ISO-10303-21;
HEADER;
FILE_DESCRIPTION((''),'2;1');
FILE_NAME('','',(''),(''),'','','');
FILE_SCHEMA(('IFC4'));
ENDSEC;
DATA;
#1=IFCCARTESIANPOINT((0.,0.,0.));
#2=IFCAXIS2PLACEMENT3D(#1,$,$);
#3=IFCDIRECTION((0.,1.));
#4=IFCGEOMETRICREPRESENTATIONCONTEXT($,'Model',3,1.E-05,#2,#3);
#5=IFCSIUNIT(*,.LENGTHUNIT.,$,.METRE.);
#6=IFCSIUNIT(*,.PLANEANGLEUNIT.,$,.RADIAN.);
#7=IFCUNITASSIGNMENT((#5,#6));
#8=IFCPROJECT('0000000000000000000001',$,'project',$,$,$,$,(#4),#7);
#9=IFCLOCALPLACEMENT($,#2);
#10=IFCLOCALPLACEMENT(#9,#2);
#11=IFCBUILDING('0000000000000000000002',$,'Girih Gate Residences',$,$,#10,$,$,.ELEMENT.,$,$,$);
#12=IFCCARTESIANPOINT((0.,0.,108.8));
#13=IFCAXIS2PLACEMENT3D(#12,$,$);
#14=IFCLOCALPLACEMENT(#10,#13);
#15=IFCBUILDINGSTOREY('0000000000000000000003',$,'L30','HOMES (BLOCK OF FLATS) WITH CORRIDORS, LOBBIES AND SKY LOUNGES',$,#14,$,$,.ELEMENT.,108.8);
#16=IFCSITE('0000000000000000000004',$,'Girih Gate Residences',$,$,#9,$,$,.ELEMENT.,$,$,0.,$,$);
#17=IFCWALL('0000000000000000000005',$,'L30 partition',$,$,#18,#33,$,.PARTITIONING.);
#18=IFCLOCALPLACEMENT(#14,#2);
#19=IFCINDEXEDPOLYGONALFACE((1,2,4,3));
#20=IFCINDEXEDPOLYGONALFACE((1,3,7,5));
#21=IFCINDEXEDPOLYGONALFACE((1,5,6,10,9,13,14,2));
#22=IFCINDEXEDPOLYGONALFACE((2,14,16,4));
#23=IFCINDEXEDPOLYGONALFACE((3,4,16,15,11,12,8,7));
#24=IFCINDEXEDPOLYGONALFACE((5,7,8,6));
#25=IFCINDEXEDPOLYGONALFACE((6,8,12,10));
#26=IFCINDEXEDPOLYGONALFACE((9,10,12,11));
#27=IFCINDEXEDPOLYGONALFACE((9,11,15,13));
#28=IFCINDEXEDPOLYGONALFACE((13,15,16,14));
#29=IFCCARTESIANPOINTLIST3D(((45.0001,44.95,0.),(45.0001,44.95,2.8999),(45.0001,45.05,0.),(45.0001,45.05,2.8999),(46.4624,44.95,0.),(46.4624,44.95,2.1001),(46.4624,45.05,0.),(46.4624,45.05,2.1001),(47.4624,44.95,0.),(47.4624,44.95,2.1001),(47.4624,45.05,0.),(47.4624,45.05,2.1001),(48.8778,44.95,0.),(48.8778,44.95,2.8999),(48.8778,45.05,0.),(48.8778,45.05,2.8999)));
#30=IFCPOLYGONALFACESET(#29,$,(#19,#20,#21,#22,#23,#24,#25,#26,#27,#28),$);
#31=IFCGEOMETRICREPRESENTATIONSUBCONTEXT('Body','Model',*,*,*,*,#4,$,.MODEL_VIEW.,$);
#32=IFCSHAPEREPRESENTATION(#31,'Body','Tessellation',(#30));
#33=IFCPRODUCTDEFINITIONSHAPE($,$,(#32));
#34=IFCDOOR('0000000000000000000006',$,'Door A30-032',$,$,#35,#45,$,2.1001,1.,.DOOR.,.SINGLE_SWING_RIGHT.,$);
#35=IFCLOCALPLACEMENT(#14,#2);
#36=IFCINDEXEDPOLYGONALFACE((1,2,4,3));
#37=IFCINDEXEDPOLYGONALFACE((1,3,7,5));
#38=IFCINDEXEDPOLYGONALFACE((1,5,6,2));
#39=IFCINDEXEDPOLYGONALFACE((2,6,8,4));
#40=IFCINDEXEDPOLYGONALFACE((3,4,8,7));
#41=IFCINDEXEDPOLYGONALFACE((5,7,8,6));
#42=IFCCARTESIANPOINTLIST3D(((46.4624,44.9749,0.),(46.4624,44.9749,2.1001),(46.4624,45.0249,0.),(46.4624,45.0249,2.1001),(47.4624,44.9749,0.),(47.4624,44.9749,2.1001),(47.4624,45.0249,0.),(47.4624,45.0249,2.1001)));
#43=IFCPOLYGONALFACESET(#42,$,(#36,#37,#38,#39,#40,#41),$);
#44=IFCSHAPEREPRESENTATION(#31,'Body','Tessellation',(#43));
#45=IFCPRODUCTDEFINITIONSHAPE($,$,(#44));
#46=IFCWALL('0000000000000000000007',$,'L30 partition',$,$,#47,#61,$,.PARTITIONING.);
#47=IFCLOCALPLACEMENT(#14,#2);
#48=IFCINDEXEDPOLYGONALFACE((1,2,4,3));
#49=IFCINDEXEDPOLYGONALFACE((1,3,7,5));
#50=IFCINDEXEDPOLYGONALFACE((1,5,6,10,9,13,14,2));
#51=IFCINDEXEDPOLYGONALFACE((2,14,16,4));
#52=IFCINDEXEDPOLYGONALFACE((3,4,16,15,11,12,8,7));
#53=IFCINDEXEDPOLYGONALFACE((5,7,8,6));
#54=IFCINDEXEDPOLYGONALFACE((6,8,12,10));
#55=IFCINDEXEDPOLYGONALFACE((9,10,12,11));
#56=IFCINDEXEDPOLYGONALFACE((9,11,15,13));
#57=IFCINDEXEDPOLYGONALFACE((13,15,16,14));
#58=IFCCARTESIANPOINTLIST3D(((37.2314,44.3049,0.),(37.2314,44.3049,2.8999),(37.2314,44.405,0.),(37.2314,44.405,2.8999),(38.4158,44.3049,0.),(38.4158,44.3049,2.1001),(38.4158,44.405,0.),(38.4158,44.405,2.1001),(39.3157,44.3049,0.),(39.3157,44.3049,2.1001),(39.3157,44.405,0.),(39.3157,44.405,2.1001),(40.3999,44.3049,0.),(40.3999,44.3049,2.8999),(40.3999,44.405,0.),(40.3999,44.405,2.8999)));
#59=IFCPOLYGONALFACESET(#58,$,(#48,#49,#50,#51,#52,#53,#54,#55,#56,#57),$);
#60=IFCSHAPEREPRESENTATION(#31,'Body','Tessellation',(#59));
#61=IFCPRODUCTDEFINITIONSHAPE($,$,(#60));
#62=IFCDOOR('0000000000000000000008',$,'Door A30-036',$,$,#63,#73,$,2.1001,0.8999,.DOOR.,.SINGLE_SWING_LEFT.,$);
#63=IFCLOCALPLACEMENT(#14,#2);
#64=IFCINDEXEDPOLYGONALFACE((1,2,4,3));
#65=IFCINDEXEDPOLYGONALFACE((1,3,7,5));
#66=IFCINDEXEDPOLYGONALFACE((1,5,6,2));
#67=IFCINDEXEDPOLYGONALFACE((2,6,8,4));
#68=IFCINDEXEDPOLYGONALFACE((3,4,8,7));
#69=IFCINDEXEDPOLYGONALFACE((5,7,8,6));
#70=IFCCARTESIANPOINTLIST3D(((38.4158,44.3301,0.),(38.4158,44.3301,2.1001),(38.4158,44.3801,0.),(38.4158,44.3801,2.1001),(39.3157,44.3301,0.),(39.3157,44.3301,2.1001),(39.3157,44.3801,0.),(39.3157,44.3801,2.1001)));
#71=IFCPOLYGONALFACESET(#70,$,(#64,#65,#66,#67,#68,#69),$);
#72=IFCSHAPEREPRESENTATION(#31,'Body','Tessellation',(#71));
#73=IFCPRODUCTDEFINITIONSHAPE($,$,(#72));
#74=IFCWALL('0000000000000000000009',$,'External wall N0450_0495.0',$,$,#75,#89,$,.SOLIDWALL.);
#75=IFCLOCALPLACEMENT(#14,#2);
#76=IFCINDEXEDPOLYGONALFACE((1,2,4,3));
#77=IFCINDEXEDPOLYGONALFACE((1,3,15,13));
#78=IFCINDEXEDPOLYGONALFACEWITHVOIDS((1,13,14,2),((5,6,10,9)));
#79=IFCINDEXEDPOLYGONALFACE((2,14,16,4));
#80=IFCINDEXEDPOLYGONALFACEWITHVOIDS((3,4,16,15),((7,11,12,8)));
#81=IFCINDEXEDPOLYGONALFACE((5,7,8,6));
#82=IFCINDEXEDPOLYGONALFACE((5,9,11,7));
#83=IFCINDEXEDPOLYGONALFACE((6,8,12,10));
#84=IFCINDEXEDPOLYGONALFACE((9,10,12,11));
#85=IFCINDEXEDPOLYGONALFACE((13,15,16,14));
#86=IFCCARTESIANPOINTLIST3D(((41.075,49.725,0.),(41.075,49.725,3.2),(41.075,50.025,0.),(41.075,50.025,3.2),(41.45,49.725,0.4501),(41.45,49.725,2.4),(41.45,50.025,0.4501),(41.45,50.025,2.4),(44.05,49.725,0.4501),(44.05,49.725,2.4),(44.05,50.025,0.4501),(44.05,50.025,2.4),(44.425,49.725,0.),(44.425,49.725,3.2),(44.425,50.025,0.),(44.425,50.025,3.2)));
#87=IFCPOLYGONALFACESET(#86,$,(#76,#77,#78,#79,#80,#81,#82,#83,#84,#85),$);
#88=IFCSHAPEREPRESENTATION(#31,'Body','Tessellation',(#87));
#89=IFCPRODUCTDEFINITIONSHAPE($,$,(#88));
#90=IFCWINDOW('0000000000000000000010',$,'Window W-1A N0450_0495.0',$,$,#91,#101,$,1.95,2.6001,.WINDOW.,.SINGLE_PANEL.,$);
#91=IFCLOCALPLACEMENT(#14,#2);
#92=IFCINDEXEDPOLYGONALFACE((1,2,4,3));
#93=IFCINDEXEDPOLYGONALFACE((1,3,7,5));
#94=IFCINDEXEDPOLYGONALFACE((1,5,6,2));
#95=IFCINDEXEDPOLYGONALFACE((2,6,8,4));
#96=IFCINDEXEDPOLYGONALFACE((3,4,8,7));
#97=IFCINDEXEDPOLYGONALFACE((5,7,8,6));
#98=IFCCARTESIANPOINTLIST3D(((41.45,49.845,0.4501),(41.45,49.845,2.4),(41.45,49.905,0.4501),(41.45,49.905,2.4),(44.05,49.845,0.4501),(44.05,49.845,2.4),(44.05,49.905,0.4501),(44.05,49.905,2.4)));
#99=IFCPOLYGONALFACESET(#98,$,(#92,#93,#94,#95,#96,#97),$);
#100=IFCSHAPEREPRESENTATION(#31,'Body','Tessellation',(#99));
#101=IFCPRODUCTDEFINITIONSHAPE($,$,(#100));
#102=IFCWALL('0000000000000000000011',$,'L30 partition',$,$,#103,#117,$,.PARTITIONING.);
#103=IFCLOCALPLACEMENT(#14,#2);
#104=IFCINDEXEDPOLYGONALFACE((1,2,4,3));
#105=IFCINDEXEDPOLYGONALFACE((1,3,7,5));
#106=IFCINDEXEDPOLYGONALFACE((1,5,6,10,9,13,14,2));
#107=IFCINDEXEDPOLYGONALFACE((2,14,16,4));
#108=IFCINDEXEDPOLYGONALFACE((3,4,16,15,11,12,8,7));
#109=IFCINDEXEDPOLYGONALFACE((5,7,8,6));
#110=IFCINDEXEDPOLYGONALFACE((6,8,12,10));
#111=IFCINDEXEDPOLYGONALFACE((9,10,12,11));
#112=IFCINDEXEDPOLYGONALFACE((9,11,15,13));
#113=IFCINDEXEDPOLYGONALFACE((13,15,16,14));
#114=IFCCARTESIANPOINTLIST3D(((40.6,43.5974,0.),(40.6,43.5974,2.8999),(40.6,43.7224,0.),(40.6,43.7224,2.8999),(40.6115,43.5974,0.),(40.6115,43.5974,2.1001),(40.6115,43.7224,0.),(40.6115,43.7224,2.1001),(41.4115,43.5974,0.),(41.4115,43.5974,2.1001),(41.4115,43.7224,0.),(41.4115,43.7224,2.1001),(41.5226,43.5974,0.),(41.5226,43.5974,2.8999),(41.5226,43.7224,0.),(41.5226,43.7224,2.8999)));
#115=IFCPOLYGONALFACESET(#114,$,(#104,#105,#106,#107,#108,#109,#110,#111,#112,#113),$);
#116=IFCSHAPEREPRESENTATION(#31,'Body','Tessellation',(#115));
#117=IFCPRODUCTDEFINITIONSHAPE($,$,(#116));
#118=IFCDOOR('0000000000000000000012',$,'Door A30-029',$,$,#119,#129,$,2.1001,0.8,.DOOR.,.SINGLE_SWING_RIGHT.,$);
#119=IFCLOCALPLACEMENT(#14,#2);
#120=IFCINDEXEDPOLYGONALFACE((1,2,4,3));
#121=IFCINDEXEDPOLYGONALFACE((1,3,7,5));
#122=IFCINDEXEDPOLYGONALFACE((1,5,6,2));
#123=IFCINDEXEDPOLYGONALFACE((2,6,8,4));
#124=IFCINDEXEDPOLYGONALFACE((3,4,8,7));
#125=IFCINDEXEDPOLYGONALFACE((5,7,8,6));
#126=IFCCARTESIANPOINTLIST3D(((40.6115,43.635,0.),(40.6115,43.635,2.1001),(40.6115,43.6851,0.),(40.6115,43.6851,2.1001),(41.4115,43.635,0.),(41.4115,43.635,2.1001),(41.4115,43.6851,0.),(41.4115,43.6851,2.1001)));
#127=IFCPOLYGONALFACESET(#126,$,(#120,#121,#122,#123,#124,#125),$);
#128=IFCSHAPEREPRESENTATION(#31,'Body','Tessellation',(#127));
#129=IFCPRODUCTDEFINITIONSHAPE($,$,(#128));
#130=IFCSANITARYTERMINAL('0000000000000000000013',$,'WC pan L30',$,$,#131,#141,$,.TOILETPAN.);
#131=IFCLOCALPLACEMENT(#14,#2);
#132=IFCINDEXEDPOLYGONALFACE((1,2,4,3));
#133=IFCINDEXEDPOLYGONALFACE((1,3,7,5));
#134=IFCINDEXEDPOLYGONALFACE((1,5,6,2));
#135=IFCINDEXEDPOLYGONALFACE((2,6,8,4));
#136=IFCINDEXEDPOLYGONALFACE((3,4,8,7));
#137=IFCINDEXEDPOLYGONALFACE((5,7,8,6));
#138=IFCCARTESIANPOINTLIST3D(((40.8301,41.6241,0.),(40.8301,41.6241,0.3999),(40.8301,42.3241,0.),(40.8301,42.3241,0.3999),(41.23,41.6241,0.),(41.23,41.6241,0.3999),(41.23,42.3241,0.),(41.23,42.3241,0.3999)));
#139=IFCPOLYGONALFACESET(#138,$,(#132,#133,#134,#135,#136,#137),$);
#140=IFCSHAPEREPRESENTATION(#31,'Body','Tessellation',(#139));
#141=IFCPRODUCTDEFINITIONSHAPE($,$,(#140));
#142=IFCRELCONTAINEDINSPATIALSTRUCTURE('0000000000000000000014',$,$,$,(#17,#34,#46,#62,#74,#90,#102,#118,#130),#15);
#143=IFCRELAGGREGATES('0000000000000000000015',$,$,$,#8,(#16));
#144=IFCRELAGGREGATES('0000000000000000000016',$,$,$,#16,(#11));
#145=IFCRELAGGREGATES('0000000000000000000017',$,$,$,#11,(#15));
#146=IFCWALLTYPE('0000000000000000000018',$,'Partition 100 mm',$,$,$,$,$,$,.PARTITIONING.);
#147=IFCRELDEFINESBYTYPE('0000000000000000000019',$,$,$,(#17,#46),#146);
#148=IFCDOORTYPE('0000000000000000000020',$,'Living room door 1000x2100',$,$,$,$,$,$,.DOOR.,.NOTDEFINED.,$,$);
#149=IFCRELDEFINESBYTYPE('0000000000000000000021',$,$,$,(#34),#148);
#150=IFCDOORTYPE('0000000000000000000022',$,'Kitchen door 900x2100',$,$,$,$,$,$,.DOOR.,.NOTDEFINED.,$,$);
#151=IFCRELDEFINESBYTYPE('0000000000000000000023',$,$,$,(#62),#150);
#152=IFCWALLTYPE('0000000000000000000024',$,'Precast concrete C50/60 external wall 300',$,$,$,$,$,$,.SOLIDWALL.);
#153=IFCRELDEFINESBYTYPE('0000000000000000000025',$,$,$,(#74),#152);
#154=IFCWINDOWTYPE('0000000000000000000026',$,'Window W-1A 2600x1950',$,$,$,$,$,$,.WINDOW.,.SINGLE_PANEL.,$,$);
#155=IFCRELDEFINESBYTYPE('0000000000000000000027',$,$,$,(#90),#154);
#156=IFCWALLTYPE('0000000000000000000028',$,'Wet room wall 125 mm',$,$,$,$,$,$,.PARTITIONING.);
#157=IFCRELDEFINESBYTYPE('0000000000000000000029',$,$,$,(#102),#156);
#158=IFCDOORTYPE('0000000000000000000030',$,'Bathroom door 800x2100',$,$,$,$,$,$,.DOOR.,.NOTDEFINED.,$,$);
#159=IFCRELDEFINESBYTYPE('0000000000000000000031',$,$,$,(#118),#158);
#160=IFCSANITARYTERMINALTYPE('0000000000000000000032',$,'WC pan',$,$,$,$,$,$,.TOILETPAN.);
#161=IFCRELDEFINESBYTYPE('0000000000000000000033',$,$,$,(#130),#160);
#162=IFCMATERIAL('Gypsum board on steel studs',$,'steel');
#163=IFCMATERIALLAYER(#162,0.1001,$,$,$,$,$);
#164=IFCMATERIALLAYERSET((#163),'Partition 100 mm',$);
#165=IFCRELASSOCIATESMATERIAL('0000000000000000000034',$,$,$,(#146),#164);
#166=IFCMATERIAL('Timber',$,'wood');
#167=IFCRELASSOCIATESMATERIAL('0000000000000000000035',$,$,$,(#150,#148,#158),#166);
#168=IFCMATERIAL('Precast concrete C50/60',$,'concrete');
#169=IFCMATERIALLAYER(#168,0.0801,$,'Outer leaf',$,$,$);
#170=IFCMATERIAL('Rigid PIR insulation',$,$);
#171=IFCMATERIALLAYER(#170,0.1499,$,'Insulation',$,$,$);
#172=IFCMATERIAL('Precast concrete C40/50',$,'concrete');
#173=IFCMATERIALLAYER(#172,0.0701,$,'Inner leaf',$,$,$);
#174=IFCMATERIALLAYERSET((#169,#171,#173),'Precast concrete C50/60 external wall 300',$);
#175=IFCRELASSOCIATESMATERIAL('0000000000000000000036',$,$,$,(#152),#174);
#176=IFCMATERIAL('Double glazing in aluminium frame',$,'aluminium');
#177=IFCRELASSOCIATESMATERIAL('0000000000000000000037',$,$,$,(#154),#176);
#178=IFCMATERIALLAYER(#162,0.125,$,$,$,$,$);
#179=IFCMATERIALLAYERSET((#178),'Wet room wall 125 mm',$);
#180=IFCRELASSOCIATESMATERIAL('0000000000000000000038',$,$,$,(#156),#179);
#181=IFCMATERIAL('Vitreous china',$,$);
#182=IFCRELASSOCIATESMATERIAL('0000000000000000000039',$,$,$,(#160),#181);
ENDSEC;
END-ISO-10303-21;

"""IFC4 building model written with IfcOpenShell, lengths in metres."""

from ifc_helpers import new_model, si_unit, direction, frame, frame_2d, origin, origin_2d, place, context, subcontext, project, spatial, rectangle, extrude, material, layer, layer_set, type_object, element, fill, save


model = new_model("IFC4")

# Units and contexts
model_context = context("Model", 3, precision=1e-05, world=origin(), true_north=direction((0.0, 1.0)))
body_context = subcontext(model_context, "Body", "Model", "MODEL_VIEW")
ifc_project = project(units=[si_unit("LENGTHUNIT", "METRE"), si_unit("PLANEANGLEUNIT", "RADIAN")], contexts=[model_context])

# Site, building, storey
site_placement = place(None, origin())
site = spatial("IfcSite", under=ifc_project, at=site_placement, Name="Girih Gate Residences", CompositionType="ELEMENT", RefElevation=0.0)
building_placement = place(site_placement, origin())
building = spatial("IfcBuilding", under=site, at=building_placement, Name="Girih Gate Residences", CompositionType="ELEMENT")
storey_placement = place(building_placement, frame((0.0, 0.0, 108.8)))
storey = spatial("IfcBuildingStorey", under=building, at=storey_placement, Name="L30", Description="HOMES (BLOCK OF FLATS) WITH CORRIDORS, LOBBIES AND SKY LOUNGES", CompositionType="ELEMENT", Elevation=108.8)

# Shared definitions
ifc_material_1 = material(Name="Gypsum board on steel studs", Category="steel")
ifc_layer_1 = layer(ifc_material_1, 0.1001)
ifc_layer_set_1 = layer_set([ifc_layer_1], Name="Partition 100 mm")
wall_type_1 = type_object("IfcWallType", Name="Partition 100 mm", PredefinedType="PARTITIONING", material=ifc_layer_set_1)
ifc_material_2 = material(Name="Timber", Category="wood")

# Walls, openings, doors
door_type_1 = type_object("IfcDoorType", Name="Kitchen door 900x2100", OperationType="NOTDEFINED", PredefinedType="DOOR", material=ifc_material_2)
wall_1_placement = place(storey_placement, frame((45.0, 45.0, 0.0), z_axis=(0.0, 0.0, 1.0), x_axis=(1.0, 0.0, 0.0)))
wall_1 = element("IfcWall", 1, at=wall_1_placement, inside=storey, type_object=wall_type_1, Name="L30 partition", PredefinedType="PARTITIONING", context=body_context, shape_type="SweptSolid", body=[
    extrude(rectangle(XDim=3.8777, YDim=0.1001, at=frame_2d((1.939, 0.0))), origin(), (0.0, 0.0, 1.0), 2.8999),
])
opening_1_placement = place(wall_1_placement, frame((1.4624, 0.0, 0.0)))
opening_1 = element("IfcOpeningElement", 2, at=opening_1_placement, cuts=wall_1, PredefinedType="OPENING", context=body_context, shape_type="SweptSolid", body=[
    extrude(rectangle(XDim=1.0, YDim=2.1001, at=frame_2d((0.5, 1.05))), frame((0.0, 0.0601, 0.0), z_axis=(0.0, -1.0, 0.0), x_axis=(1.0, 0.0, 0.0)), (0.0, 0.0, 1.0), 0.1201),
])
door_type_2 = type_object("IfcDoorType", Name="Living room door 1000x2100", OperationType="NOTDEFINED", PredefinedType="DOOR", material=ifc_material_2)
door_1_placement = place(opening_1_placement, origin())
door_1 = element("IfcDoor", 3, at=door_1_placement, inside=storey, type_object=door_type_2, Name="Door A30-032", OperationType="SINGLE_SWING_RIGHT", OverallHeight=2.1001, OverallWidth=1.0, PredefinedType="DOOR", context=body_context, shape_type="SweptSolid", body=[
    extrude(rectangle(XDim=1.0, YDim=2.1001, at=frame_2d((0.5, 1.05))), frame((0.0, 0.0249, 0.0), z_axis=(0.0, -1.0, 0.0), x_axis=(1.0, 0.0, 0.0)), (0.0, 0.0, 1.0), 0.05),
])
fill(opening_1, door_1)
wall_2_placement = place(storey_placement, frame((40.3999, 44.355, 0.0), z_axis=(0.0, 0.0, 1.0), x_axis=(-1.0, 0.0, 0.0)))
wall_2 = element("IfcWall", 4, at=wall_2_placement, inside=storey, type_object=wall_type_1, Name="L30 partition", PredefinedType="PARTITIONING", context=body_context, shape_type="SweptSolid", body=[
    extrude(rectangle(XDim=3.1685, YDim=0.1001, at=frame_2d((1.5842, 0.0))), origin(), (0.0, 0.0, 1.0), 2.8999),
])
opening_2_placement = place(wall_2_placement, frame((1.0842, 0.0, 0.0)))
opening_2 = element("IfcOpeningElement", 5, at=opening_2_placement, cuts=wall_2, PredefinedType="OPENING", context=body_context, shape_type="SweptSolid", body=[
    extrude(rectangle(XDim=0.8999, YDim=2.1001, at=frame_2d((0.45, 1.05))), frame((0.0, 0.0601, 0.0), z_axis=(0.0, -1.0, 0.0), x_axis=(1.0, 0.0, 0.0)), (0.0, 0.0, 1.0), 0.1201),
])
door_2_placement = place(opening_2_placement, origin())
door_2 = element("IfcDoor", 6, at=door_2_placement, inside=storey, type_object=door_type_1, Name="Door A30-036", OperationType="SINGLE_SWING_LEFT", OverallHeight=2.1001, OverallWidth=0.8999, PredefinedType="DOOR", context=body_context, shape_type="SweptSolid", body=[
    extrude(rectangle(XDim=0.8999, YDim=2.1001, at=frame_2d((0.45, 1.05))), frame((0.0, 0.0249, 0.0), z_axis=(0.0, -1.0, 0.0), x_axis=(1.0, 0.0, 0.0)), (0.0, 0.0, 1.0), 0.05),
])
fill(opening_2, door_2)

# Wall, opening, window
ifc_material_3 = material(Name="Precast concrete C50/60", Category="concrete")
ifc_layer_2 = layer(ifc_material_3, 0.0801, Name="Outer leaf")
ifc_material_4 = material(Name="Rigid PIR insulation")
ifc_layer_3 = layer(ifc_material_4, 0.1499, Name="Insulation")
ifc_material_5 = material(Name="Precast concrete C40/50", Category="concrete")
ifc_layer_4 = layer(ifc_material_5, 0.0701, Name="Inner leaf")
ifc_layer_set_2 = layer_set([ifc_layer_2, ifc_layer_3, ifc_layer_4], Name="Precast concrete C50/60 external wall 300")
wall_type_2 = type_object("IfcWallType", Name="Precast concrete C50/60 external wall 300", PredefinedType="SOLIDWALL", material=ifc_layer_set_2)
wall_3_placement = place(storey_placement, frame((41.075, 49.875, 0.0), z_axis=(0.0, 0.0, 1.0), x_axis=(1.0, 0.0, 0.0)))
wall_3 = element("IfcWall", 7, at=wall_3_placement, inside=storey, type_object=wall_type_2, Name="External wall N0450_0495.0", PredefinedType="SOLIDWALL", context=body_context, shape_type="SweptSolid", body=[
    extrude(rectangle(XDim=3.3501, YDim=0.3, at=frame_2d((1.675, 0.0))), origin(), (0.0, 0.0, 1.0), 3.2),
])
opening_3_placement = place(wall_3_placement, frame((0.375, 0.0, 0.45)))
opening_3 = element("IfcOpeningElement", 8, at=opening_3_placement, cuts=wall_3, PredefinedType="OPENING", context=body_context, shape_type="SweptSolid", body=[
    extrude(rectangle(XDim=2.6001, YDim=1.95, at=frame_2d((1.3, 0.9751))), frame((0.0, 0.1599, 0.0), z_axis=(0.0, -1.0, 0.0), x_axis=(1.0, 0.0, 0.0)), (0.0, 0.0, 1.0), 0.3201),
])
ifc_material_6 = material(Name="Double glazing in aluminium frame", Category="aluminium")
window_type = type_object("IfcWindowType", Name="Window W-1A 2600x1950", PartitioningType="SINGLE_PANEL", PredefinedType="WINDOW", material=ifc_material_6)
window_placement = place(opening_3_placement, origin())
window = element("IfcWindow", 9, at=window_placement, inside=storey, type_object=window_type, Name="Window W-1A N0450_0495.0", OverallHeight=1.95, OverallWidth=2.6001, PartitioningType="SINGLE_PANEL", PredefinedType="WINDOW", context=body_context, shape_type="SweptSolid", body=[
    extrude(rectangle(XDim=2.6001, YDim=1.95, at=frame_2d((1.3, 0.9751))), frame((0.0, 0.03, 0.0), z_axis=(0.0, -1.0, 0.0), x_axis=(1.0, 0.0, 0.0)), (0.0, 0.0, 1.0), 0.0601),
])
fill(opening_3, window)

# Wall, opening, door
ifc_layer_5 = layer(ifc_material_1, 0.125)
ifc_layer_set_3 = layer_set([ifc_layer_5], Name="Wet room wall 125 mm")
wall_type_3 = type_object("IfcWallType", Name="Wet room wall 125 mm", PredefinedType="PARTITIONING", material=ifc_layer_set_3)
wall_4_placement = place(storey_placement, frame((41.5227, 43.6599, 0.0), z_axis=(0.0, 0.0, 1.0), x_axis=(-1.0, 0.0, 0.0)))
wall_4 = element("IfcWall", 10, at=wall_4_placement, inside=storey, type_object=wall_type_3, Name="L30 partition", PredefinedType="PARTITIONING", context=body_context, shape_type="SweptSolid", body=[
    extrude(rectangle(XDim=0.9226, YDim=0.125, at=frame_2d((0.4614, 0.0))), origin(), (0.0, 0.0, 1.0), 2.8999),
])
opening_4_placement = place(wall_4_placement, frame((0.1113, 0.0, 0.0)))
opening_4 = element("IfcOpeningElement", 11, at=opening_4_placement, cuts=wall_4, PredefinedType="OPENING", context=body_context, shape_type="SweptSolid", body=[
    extrude(rectangle(XDim=0.8, YDim=2.1001, at=frame_2d((0.3999, 1.05))), frame((0.0, 0.0725, 0.0), z_axis=(0.0, -1.0, 0.0), x_axis=(1.0, 0.0, 0.0)), (0.0, 0.0, 1.0), 0.145),
])
door_type_3 = type_object("IfcDoorType", Name="Bathroom door 800x2100", OperationType="NOTDEFINED", PredefinedType="DOOR", material=ifc_material_2)
door_3_placement = place(opening_4_placement, origin())
door_3 = element("IfcDoor", 12, at=door_3_placement, inside=storey, type_object=door_type_3, Name="Door A30-029", OperationType="SINGLE_SWING_RIGHT", OverallHeight=2.1001, OverallWidth=0.8, PredefinedType="DOOR", context=body_context, shape_type="SweptSolid", body=[
    extrude(rectangle(XDim=0.8, YDim=2.1001, at=frame_2d((0.3999, 1.05))), frame((0.0, 0.0249, 0.0), z_axis=(0.0, -1.0, 0.0), x_axis=(1.0, 0.0, 0.0)), (0.0, 0.0, 1.0), 0.05),
])
fill(opening_4, door_3)

# Sanitary terminal
ifc_material_7 = material(Name="Vitreous china")
sanitary_terminal_type = type_object("IfcSanitaryTerminalType", Name="WC pan", PredefinedType="TOILETPAN", material=ifc_material_7)
sanitary_terminal_placement = place(storey_placement, frame((41.03, 41.9741, 0.0), z_axis=(0.0, 0.0, 1.0), x_axis=(1.0, 0.0, 0.0)))
element("IfcSanitaryTerminal", 13, at=sanitary_terminal_placement, inside=storey, type_object=sanitary_terminal_type, Name="WC pan L30", PredefinedType="TOILETPAN", context=body_context, shape_type="SweptSolid", body=[
    extrude(rectangle(XDim=0.3999, YDim=0.7, at=origin_2d()), origin(), (0.0, 0.0, 1.0), 0.3999),
])

save(model, "model.ifc")
